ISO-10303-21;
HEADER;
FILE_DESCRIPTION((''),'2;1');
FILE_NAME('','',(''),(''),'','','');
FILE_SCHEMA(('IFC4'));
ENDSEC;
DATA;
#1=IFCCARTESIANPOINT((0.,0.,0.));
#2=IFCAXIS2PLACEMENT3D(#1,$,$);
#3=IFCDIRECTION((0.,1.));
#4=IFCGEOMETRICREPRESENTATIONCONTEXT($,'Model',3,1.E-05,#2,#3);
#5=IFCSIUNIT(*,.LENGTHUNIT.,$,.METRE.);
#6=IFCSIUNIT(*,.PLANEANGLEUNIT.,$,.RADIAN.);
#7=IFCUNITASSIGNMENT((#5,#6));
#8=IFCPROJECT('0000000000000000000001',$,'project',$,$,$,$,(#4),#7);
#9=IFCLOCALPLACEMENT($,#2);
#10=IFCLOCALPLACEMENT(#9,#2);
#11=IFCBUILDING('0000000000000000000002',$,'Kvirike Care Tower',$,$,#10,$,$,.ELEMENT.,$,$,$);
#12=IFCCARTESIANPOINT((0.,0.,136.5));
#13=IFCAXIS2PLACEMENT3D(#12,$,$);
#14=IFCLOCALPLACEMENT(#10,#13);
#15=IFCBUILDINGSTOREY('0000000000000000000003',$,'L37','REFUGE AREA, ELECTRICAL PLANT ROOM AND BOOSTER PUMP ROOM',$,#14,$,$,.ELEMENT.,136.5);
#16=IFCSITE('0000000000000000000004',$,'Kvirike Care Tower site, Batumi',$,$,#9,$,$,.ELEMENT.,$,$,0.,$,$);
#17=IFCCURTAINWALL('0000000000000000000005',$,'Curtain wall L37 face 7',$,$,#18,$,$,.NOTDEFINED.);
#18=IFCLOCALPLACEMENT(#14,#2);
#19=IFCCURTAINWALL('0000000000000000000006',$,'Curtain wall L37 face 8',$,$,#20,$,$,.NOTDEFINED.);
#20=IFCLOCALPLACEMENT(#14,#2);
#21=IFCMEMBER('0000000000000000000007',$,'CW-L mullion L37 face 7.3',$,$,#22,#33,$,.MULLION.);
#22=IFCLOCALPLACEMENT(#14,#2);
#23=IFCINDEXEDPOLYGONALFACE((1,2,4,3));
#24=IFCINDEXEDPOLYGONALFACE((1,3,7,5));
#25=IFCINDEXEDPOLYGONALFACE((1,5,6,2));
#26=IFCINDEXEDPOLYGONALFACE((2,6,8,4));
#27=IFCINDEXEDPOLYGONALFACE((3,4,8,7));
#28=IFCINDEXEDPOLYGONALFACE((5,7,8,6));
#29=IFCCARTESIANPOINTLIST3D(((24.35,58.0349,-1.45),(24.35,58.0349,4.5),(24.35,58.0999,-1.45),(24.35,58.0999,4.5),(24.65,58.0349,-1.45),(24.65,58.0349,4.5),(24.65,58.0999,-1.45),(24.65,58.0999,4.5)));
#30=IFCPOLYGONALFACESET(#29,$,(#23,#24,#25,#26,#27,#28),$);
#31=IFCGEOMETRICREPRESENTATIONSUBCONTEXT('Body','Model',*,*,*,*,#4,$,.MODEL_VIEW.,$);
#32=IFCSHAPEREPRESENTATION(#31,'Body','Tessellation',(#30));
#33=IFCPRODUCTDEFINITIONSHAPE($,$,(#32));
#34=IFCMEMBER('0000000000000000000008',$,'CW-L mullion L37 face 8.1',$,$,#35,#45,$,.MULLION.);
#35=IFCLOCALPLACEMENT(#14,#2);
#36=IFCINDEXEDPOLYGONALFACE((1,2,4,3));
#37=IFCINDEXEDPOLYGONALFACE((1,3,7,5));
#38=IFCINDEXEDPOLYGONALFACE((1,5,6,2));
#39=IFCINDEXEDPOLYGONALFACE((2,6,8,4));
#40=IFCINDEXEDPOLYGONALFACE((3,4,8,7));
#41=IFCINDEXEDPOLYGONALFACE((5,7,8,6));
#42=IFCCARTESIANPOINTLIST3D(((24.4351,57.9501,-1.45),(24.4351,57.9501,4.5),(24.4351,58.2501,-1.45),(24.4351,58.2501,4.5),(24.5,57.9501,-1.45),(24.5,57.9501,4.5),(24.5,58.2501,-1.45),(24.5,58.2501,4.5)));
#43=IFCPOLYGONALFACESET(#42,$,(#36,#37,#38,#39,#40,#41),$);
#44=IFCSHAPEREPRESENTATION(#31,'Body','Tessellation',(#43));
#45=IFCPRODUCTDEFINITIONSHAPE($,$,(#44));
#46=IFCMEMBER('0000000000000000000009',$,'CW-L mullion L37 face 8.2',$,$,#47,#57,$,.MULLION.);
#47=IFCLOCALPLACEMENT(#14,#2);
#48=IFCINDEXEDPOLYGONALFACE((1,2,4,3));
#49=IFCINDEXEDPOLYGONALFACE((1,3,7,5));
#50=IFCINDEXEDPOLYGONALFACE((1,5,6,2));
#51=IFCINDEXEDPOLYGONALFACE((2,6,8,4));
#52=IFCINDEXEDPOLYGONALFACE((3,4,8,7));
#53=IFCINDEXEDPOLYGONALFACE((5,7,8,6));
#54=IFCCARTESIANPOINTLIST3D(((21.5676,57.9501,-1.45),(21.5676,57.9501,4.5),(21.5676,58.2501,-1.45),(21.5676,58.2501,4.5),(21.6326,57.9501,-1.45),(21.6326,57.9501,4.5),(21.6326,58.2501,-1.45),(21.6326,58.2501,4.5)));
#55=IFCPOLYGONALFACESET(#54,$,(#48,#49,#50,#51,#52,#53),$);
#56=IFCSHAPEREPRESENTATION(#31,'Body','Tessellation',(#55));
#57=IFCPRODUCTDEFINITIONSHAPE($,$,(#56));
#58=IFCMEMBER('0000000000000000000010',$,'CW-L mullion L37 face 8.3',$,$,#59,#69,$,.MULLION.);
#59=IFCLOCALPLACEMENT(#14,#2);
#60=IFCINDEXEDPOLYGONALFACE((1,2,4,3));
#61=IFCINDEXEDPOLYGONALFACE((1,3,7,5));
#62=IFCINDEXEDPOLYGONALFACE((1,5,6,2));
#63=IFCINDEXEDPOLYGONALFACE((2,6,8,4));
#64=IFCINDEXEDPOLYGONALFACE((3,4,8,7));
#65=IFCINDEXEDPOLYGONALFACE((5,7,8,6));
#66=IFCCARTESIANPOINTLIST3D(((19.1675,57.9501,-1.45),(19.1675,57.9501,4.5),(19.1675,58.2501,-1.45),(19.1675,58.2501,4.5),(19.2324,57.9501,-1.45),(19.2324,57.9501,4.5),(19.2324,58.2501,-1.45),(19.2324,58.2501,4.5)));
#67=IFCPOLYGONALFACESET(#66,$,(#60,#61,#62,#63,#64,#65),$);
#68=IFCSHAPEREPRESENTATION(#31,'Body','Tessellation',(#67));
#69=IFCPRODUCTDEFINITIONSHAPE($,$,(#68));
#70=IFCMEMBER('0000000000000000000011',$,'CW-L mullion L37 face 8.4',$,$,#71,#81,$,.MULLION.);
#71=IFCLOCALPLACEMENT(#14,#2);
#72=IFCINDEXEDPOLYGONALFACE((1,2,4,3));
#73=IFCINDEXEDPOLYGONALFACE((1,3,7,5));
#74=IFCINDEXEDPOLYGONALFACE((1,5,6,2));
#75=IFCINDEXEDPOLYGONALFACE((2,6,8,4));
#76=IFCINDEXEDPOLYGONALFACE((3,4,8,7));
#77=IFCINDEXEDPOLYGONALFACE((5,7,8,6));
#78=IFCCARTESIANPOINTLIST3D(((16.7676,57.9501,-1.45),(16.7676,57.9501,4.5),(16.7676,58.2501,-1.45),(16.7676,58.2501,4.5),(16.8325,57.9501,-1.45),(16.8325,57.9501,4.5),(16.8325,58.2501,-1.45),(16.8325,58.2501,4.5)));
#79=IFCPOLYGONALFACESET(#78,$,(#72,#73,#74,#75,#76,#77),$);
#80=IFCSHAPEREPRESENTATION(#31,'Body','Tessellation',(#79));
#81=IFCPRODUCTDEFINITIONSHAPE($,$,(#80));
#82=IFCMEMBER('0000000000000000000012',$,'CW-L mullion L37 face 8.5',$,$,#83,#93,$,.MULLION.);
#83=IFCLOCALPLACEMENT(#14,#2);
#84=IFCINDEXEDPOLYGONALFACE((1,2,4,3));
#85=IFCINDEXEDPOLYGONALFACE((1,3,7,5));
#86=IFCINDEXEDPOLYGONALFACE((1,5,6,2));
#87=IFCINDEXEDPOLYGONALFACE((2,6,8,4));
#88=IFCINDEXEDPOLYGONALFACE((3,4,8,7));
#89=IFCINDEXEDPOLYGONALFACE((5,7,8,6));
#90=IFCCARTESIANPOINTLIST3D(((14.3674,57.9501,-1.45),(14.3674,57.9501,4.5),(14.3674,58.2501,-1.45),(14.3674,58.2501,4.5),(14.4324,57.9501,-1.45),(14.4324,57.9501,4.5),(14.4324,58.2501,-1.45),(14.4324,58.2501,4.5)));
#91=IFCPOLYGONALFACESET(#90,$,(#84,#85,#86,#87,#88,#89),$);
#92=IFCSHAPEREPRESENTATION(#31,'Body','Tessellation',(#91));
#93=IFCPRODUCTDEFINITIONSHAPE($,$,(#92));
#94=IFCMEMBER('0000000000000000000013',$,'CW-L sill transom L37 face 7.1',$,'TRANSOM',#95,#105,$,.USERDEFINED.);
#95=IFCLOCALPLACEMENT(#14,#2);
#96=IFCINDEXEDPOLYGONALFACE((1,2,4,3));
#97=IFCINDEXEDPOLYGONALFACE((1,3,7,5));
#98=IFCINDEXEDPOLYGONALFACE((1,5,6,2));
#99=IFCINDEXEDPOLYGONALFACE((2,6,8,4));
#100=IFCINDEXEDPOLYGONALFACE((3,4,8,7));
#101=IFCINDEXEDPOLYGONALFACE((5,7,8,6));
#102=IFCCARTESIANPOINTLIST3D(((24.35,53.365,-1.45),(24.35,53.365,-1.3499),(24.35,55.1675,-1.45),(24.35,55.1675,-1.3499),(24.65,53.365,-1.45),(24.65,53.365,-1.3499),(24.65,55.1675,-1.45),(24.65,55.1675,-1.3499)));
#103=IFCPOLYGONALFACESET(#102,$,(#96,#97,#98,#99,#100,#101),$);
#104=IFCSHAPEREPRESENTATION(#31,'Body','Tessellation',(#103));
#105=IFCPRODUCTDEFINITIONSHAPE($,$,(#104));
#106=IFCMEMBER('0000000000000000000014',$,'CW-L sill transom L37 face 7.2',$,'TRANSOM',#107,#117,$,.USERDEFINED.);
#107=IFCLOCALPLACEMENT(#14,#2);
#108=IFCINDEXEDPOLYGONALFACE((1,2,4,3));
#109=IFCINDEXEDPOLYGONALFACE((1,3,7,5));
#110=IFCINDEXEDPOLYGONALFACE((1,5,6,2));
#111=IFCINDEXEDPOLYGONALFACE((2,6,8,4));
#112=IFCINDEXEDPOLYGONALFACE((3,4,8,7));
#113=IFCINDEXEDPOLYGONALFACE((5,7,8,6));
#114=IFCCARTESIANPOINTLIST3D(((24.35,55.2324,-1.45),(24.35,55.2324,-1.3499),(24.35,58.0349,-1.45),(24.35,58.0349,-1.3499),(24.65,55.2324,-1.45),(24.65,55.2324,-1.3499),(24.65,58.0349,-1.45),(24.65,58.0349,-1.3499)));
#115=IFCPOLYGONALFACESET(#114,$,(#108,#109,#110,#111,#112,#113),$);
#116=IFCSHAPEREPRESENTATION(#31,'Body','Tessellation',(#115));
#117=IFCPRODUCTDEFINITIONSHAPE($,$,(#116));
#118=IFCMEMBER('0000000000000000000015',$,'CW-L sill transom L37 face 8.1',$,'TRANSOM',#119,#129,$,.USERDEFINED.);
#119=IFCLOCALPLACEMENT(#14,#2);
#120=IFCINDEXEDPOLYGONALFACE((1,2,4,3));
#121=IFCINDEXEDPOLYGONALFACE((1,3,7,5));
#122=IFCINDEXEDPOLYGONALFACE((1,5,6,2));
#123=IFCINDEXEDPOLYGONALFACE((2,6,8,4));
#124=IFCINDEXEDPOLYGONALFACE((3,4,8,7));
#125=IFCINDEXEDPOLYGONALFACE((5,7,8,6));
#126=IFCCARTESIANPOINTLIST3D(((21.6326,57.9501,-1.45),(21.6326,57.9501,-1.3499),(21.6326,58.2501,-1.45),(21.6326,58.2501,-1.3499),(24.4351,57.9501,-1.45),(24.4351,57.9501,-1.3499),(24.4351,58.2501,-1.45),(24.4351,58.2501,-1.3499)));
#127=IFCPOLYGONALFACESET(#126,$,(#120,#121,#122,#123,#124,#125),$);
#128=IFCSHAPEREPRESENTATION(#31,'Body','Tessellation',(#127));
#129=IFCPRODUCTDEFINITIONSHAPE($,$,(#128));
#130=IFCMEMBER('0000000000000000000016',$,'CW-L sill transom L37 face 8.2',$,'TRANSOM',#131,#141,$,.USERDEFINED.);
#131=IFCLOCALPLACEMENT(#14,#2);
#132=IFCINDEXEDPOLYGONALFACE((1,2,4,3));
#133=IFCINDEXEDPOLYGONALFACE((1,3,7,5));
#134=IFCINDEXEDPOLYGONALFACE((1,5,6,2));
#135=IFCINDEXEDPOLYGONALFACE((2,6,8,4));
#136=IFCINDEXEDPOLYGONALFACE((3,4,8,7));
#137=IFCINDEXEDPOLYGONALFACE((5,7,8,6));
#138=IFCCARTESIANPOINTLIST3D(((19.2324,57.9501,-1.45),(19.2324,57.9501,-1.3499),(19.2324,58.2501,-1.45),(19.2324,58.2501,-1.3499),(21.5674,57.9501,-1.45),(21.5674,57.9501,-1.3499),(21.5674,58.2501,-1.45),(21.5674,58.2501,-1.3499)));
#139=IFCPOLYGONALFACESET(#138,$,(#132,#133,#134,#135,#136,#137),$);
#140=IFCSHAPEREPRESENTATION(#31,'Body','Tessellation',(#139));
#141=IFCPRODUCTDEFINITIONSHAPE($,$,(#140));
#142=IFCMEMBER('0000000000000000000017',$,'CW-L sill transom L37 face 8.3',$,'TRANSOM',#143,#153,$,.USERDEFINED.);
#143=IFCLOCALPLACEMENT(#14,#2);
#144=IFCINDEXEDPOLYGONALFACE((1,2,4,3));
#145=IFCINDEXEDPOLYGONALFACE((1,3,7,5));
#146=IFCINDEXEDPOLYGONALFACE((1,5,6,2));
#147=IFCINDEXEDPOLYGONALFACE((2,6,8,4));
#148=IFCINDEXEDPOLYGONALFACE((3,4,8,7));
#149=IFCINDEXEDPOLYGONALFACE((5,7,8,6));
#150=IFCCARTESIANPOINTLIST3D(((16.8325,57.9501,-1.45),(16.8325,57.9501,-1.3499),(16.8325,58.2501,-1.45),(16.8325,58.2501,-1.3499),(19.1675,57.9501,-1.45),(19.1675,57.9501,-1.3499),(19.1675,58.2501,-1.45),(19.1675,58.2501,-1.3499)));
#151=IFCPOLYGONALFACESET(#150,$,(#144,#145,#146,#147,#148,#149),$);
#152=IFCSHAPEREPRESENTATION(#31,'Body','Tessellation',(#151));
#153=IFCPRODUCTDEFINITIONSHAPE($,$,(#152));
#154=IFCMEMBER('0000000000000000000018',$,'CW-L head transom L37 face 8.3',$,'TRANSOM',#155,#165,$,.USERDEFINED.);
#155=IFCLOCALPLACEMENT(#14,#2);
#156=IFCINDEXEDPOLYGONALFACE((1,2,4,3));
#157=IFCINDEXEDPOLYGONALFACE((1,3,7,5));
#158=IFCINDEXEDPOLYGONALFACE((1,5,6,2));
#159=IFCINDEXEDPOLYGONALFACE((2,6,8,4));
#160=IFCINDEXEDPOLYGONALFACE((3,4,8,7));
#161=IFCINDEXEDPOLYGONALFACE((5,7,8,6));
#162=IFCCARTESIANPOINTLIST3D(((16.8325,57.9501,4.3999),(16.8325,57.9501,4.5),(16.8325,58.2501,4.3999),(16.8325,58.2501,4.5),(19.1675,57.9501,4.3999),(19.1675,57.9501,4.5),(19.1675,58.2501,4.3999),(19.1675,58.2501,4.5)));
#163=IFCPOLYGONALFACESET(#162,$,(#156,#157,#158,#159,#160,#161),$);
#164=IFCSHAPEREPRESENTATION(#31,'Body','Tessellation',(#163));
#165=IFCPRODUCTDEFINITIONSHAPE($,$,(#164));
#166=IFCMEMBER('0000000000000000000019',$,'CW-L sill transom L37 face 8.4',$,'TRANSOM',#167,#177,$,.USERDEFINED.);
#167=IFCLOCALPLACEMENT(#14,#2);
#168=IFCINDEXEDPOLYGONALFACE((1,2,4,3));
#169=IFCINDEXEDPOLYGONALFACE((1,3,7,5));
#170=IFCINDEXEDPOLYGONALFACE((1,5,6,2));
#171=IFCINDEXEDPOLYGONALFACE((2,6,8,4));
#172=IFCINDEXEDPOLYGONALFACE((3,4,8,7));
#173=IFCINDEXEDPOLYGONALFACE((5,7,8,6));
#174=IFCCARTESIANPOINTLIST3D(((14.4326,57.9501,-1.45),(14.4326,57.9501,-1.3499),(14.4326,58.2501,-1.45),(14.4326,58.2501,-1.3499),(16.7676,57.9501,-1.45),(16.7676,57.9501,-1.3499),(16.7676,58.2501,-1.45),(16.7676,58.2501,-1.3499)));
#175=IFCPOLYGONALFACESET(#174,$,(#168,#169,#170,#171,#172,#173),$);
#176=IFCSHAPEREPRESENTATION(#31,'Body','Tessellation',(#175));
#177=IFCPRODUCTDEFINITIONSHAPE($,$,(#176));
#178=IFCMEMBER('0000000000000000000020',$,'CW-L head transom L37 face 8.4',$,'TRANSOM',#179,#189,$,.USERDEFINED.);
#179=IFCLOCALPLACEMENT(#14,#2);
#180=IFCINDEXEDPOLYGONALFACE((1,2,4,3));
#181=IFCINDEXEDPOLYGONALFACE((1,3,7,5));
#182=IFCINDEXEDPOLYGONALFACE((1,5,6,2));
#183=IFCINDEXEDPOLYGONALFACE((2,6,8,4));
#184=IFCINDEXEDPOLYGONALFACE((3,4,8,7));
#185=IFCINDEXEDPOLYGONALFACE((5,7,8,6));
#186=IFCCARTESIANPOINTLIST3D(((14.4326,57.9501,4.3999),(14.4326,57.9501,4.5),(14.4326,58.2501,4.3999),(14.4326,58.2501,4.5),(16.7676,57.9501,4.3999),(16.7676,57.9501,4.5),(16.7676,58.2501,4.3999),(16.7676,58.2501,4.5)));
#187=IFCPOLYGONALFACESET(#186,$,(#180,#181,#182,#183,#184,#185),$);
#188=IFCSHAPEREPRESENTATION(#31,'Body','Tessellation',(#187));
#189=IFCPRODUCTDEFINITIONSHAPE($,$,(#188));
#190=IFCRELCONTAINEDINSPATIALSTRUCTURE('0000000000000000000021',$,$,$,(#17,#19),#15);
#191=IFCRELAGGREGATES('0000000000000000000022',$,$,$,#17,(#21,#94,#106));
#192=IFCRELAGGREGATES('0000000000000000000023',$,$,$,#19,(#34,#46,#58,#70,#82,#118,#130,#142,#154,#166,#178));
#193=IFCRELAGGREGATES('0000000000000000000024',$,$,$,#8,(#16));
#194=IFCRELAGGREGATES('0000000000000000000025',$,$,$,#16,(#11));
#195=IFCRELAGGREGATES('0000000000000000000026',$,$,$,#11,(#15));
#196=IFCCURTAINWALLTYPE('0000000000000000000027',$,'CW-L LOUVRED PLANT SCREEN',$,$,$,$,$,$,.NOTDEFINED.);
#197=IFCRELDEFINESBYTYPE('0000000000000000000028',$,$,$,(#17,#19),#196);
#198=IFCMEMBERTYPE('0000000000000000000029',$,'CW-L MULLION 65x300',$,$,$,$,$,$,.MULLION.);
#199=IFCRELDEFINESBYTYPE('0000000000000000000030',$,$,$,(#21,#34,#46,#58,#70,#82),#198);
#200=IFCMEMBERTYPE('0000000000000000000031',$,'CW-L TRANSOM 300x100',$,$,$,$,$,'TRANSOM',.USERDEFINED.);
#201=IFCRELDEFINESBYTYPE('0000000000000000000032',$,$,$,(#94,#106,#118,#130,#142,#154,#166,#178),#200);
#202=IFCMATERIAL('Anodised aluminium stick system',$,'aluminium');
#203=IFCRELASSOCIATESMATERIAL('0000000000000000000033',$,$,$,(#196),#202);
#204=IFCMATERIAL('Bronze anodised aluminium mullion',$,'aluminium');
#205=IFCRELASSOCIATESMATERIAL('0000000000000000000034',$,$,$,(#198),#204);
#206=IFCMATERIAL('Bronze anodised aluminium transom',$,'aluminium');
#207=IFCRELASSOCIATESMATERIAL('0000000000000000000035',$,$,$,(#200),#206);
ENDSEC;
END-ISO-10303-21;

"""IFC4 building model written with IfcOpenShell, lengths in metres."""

from ifc_helpers import new_model, si_unit, direction, frame, origin, origin_2d, place, context, subcontext, project, spatial, rectangle, extrude, material, material_profile, profile_set, type_object, element, aggregate, save


model = new_model("IFC4")

# Units and contexts
model_context = context("Model", 3, precision=1e-05, world=origin(), true_north=direction((0.0, 1.0)))
body_context = subcontext(model_context, "Body", "Model", "MODEL_VIEW")
ifc_project = project(units=[si_unit("LENGTHUNIT", "METRE"), si_unit("PLANEANGLEUNIT", "RADIAN")], contexts=[model_context])

# Site, building, storey
site_placement = place(None, origin())
site = spatial("IfcSite", under=ifc_project, at=site_placement, Name="Kvirike Care Tower site, Batumi", CompositionType="ELEMENT", RefElevation=0.0)
building_placement = place(site_placement, origin())
building = spatial("IfcBuilding", under=site, at=building_placement, Name="Kvirike Care Tower", CompositionType="ELEMENT")
storey_placement = place(building_placement, frame((0.0, 0.0, 136.5)))
storey = spatial("IfcBuildingStorey", under=building, at=storey_placement, Name="L37", Description="REFUGE AREA, ELECTRICAL PLANT ROOM AND BOOSTER PUMP ROOM", CompositionType="ELEMENT", Elevation=136.5)

# Curtain walls
ifc_material_1 = material(Name="Anodised aluminium stick system", Category="aluminium")
curtain_wall_type = type_object("IfcCurtainWallType", Name="CW-L LOUVRED PLANT SCREEN", PredefinedType="NOTDEFINED", material=ifc_material_1)
curtain_wall_1_placement = place(storey_placement, origin())
curtain_wall_1 = element("IfcCurtainWall", 1, at=curtain_wall_1_placement, inside=storey, type_object=curtain_wall_type, Name="Curtain wall L37 face 7", PredefinedType="NOTDEFINED")
curtain_wall_2_placement = place(storey_placement, origin())
curtain_wall_2 = element("IfcCurtainWall", 2, at=curtain_wall_2_placement, inside=storey, type_object=curtain_wall_type, Name="Curtain wall L37 face 8", PredefinedType="NOTDEFINED")

# Members
ifc_material_2 = material(Name="Bronze anodised aluminium mullion", Category="aluminium")
ifc_material_profile_1 = material_profile(ifc_material_2, rectangle(XDim=0.0649, YDim=0.3, at=origin_2d()), Name="CW-L MULLION 65x300")
ifc_profile_set_1 = profile_set([ifc_material_profile_1], Name="Bronze anodised aluminium mullion")
member_type_1 = type_object("IfcMemberType", Name="CW-L MULLION 65x300", PredefinedType="MULLION", material=ifc_profile_set_1)
member_1_placement = place(storey_placement, frame((24.5, 58.0674, -1.45), z_axis=(0.0, 0.0, 1.0), x_axis=(0.0, 1.0, 0.0)))
member_1 = element("IfcMember", 3, at=member_1_placement, type_object=member_type_1, Name="CW-L mullion L37 face 7.3", PredefinedType="MULLION", context=body_context, shape_type="SweptSolid", body=[
    extrude(rectangle(XDim=0.0649, YDim=0.3, at=origin_2d()), origin(), (0.0, 0.0, 1.0), 5.95),
])
member_2_placement = place(storey_placement, frame((24.4675, 58.1001, -1.45), z_axis=(0.0, 0.0, 1.0), x_axis=(-1.0, 0.0, 0.0)))
member_2 = element("IfcMember", 4, at=member_2_placement, type_object=member_type_1, Name="CW-L mullion L37 face 8.1", PredefinedType="MULLION", context=body_context, shape_type="SweptSolid", body=[
    extrude(rectangle(XDim=0.0649, YDim=0.3, at=origin_2d()), origin(), (0.0, 0.0, 1.0), 5.95),
])
member_3_placement = place(storey_placement, frame((21.6001, 58.1001, -1.45), z_axis=(0.0, 0.0, 1.0), x_axis=(-1.0, 0.0, 0.0)))
member_3 = element("IfcMember", 5, at=member_3_placement, type_object=member_type_1, Name="CW-L mullion L37 face 8.2", PredefinedType="MULLION", context=body_context, shape_type="SweptSolid", body=[
    extrude(rectangle(XDim=0.0649, YDim=0.3, at=origin_2d()), origin(), (0.0, 0.0, 1.0), 5.95),
])
member_4_placement = place(storey_placement, frame((19.2, 58.1001, -1.45), z_axis=(0.0, 0.0, 1.0), x_axis=(-1.0, 0.0, 0.0)))
member_4 = element("IfcMember", 6, at=member_4_placement, type_object=member_type_1, Name="CW-L mullion L37 face 8.3", PredefinedType="MULLION", context=body_context, shape_type="SweptSolid", body=[
    extrude(rectangle(XDim=0.0649, YDim=0.3, at=origin_2d()), origin(), (0.0, 0.0, 1.0), 5.95),
])
member_5_placement = place(storey_placement, frame((16.8, 58.1001, -1.45), z_axis=(0.0, 0.0, 1.0), x_axis=(-1.0, 0.0, 0.0)))
member_5 = element("IfcMember", 7, at=member_5_placement, type_object=member_type_1, Name="CW-L mullion L37 face 8.4", PredefinedType="MULLION", context=body_context, shape_type="SweptSolid", body=[
    extrude(rectangle(XDim=0.0649, YDim=0.3, at=origin_2d()), origin(), (0.0, 0.0, 1.0), 5.95),
])
member_6_placement = place(storey_placement, frame((14.3999, 58.1001, -1.45), z_axis=(0.0, 0.0, 1.0), x_axis=(-1.0, 0.0, 0.0)))
member_6 = element("IfcMember", 8, at=member_6_placement, type_object=member_type_1, Name="CW-L mullion L37 face 8.5", PredefinedType="MULLION", context=body_context, shape_type="SweptSolid", body=[
    extrude(rectangle(XDim=0.0649, YDim=0.3, at=origin_2d()), origin(), (0.0, 0.0, 1.0), 5.95),
])
ifc_material_3 = material(Name="Bronze anodised aluminium transom", Category="aluminium")
ifc_material_profile_2 = material_profile(ifc_material_3, rectangle(XDim=0.3, YDim=0.1001, at=origin_2d()), Name="CW-L TRANSOM 300x100")
ifc_profile_set_2 = profile_set([ifc_material_profile_2], Name="Bronze anodised aluminium transom")
member_type_2 = type_object("IfcMemberType", Name="CW-L TRANSOM 300x100", ElementType="TRANSOM", PredefinedType="USERDEFINED", material=ifc_profile_set_2)
member_7_placement = place(storey_placement, frame((24.5, 53.365, -1.3999), z_axis=(0.0, 1.0, 0.0), x_axis=(-1.0, 0.0, 0.0)))
member_7 = element("IfcMember", 9, at=member_7_placement, type_object=member_type_2, Name="CW-L sill transom L37 face 7.1", ObjectType="TRANSOM", PredefinedType="USERDEFINED", context=body_context, shape_type="SweptSolid", body=[
    extrude(rectangle(XDim=0.3, YDim=0.1001, at=origin_2d()), origin(), (0.0, 0.0, 1.0), 1.8025),
])
member_8_placement = place(storey_placement, frame((24.5, 55.2324, -1.3999), z_axis=(0.0, 1.0, 0.0), x_axis=(-1.0, 0.0, 0.0)))
member_8 = element("IfcMember", 10, at=member_8_placement, type_object=member_type_2, Name="CW-L sill transom L37 face 7.2", ObjectType="TRANSOM", PredefinedType="USERDEFINED", context=body_context, shape_type="SweptSolid", body=[
    extrude(rectangle(XDim=0.3, YDim=0.1001, at=origin_2d()), origin(), (0.0, 0.0, 1.0), 2.8025),
])
member_9_placement = place(storey_placement, frame((24.4351, 58.1001, -1.3999), z_axis=(-1.0, 0.0, 0.0), x_axis=(0.0, -1.0, 0.0)))
member_9 = element("IfcMember", 11, at=member_9_placement, type_object=member_type_2, Name="CW-L sill transom L37 face 8.1", ObjectType="TRANSOM", PredefinedType="USERDEFINED", context=body_context, shape_type="SweptSolid", body=[
    extrude(rectangle(XDim=0.3, YDim=0.1001, at=origin_2d()), origin(), (0.0, 0.0, 1.0), 2.8025),
])
member_10_placement = place(storey_placement, frame((21.5674, 58.1001, -1.3999), z_axis=(-1.0, 0.0, 0.0), x_axis=(0.0, -1.0, 0.0)))
member_10 = element("IfcMember", 12, at=member_10_placement, type_object=member_type_2, Name="CW-L sill transom L37 face 8.2", ObjectType="TRANSOM", PredefinedType="USERDEFINED", context=body_context, shape_type="SweptSolid", body=[
    extrude(rectangle(XDim=0.3, YDim=0.1001, at=origin_2d()), origin(), (0.0, 0.0, 1.0), 2.335),
])
member_11_placement = place(storey_placement, frame((19.1675, 58.1001, -1.3999), z_axis=(-1.0, 0.0, 0.0), x_axis=(0.0, -1.0, 0.0)))
member_11 = element("IfcMember", 13, at=member_11_placement, type_object=member_type_2, Name="CW-L sill transom L37 face 8.3", ObjectType="TRANSOM", PredefinedType="USERDEFINED", context=body_context, shape_type="SweptSolid", body=[
    extrude(rectangle(XDim=0.3, YDim=0.1001, at=origin_2d()), origin(), (0.0, 0.0, 1.0), 2.335),
])
member_12_placement = place(storey_placement, frame((19.1675, 58.1001, 4.45), z_axis=(-1.0, 0.0, 0.0), x_axis=(0.0, -1.0, 0.0)))
member_12 = element("IfcMember", 14, at=member_12_placement, type_object=member_type_2, Name="CW-L head transom L37 face 8.3", ObjectType="TRANSOM", PredefinedType="USERDEFINED", context=body_context, shape_type="SweptSolid", body=[
    extrude(rectangle(XDim=0.3, YDim=0.1001, at=origin_2d()), origin(), (0.0, 0.0, 1.0), 2.335),
])
member_13_placement = place(storey_placement, frame((16.7676, 58.1001, -1.3999), z_axis=(-1.0, 0.0, 0.0), x_axis=(0.0, -1.0, 0.0)))
member_13 = element("IfcMember", 15, at=member_13_placement, type_object=member_type_2, Name="CW-L sill transom L37 face 8.4", ObjectType="TRANSOM", PredefinedType="USERDEFINED", context=body_context, shape_type="SweptSolid", body=[
    extrude(rectangle(XDim=0.3, YDim=0.1001, at=origin_2d()), origin(), (0.0, 0.0, 1.0), 2.335),
])
member_14_placement = place(storey_placement, frame((16.7676, 58.1001, 4.45), z_axis=(-1.0, 0.0, 0.0), x_axis=(0.0, -1.0, 0.0)))
member_14 = element("IfcMember", 16, at=member_14_placement, type_object=member_type_2, Name="CW-L head transom L37 face 8.4", ObjectType="TRANSOM", PredefinedType="USERDEFINED", context=body_context, shape_type="SweptSolid", body=[
    extrude(rectangle(XDim=0.3, YDim=0.1001, at=origin_2d()), origin(), (0.0, 0.0, 1.0), 2.335),
])

aggregate(curtain_wall_1, [member_1, member_7, member_8])
aggregate(curtain_wall_2, [member_2, member_3, member_4, member_5, member_6, member_9, member_10, member_11, member_12, member_13, member_14])

save(model, "model.ifc")
